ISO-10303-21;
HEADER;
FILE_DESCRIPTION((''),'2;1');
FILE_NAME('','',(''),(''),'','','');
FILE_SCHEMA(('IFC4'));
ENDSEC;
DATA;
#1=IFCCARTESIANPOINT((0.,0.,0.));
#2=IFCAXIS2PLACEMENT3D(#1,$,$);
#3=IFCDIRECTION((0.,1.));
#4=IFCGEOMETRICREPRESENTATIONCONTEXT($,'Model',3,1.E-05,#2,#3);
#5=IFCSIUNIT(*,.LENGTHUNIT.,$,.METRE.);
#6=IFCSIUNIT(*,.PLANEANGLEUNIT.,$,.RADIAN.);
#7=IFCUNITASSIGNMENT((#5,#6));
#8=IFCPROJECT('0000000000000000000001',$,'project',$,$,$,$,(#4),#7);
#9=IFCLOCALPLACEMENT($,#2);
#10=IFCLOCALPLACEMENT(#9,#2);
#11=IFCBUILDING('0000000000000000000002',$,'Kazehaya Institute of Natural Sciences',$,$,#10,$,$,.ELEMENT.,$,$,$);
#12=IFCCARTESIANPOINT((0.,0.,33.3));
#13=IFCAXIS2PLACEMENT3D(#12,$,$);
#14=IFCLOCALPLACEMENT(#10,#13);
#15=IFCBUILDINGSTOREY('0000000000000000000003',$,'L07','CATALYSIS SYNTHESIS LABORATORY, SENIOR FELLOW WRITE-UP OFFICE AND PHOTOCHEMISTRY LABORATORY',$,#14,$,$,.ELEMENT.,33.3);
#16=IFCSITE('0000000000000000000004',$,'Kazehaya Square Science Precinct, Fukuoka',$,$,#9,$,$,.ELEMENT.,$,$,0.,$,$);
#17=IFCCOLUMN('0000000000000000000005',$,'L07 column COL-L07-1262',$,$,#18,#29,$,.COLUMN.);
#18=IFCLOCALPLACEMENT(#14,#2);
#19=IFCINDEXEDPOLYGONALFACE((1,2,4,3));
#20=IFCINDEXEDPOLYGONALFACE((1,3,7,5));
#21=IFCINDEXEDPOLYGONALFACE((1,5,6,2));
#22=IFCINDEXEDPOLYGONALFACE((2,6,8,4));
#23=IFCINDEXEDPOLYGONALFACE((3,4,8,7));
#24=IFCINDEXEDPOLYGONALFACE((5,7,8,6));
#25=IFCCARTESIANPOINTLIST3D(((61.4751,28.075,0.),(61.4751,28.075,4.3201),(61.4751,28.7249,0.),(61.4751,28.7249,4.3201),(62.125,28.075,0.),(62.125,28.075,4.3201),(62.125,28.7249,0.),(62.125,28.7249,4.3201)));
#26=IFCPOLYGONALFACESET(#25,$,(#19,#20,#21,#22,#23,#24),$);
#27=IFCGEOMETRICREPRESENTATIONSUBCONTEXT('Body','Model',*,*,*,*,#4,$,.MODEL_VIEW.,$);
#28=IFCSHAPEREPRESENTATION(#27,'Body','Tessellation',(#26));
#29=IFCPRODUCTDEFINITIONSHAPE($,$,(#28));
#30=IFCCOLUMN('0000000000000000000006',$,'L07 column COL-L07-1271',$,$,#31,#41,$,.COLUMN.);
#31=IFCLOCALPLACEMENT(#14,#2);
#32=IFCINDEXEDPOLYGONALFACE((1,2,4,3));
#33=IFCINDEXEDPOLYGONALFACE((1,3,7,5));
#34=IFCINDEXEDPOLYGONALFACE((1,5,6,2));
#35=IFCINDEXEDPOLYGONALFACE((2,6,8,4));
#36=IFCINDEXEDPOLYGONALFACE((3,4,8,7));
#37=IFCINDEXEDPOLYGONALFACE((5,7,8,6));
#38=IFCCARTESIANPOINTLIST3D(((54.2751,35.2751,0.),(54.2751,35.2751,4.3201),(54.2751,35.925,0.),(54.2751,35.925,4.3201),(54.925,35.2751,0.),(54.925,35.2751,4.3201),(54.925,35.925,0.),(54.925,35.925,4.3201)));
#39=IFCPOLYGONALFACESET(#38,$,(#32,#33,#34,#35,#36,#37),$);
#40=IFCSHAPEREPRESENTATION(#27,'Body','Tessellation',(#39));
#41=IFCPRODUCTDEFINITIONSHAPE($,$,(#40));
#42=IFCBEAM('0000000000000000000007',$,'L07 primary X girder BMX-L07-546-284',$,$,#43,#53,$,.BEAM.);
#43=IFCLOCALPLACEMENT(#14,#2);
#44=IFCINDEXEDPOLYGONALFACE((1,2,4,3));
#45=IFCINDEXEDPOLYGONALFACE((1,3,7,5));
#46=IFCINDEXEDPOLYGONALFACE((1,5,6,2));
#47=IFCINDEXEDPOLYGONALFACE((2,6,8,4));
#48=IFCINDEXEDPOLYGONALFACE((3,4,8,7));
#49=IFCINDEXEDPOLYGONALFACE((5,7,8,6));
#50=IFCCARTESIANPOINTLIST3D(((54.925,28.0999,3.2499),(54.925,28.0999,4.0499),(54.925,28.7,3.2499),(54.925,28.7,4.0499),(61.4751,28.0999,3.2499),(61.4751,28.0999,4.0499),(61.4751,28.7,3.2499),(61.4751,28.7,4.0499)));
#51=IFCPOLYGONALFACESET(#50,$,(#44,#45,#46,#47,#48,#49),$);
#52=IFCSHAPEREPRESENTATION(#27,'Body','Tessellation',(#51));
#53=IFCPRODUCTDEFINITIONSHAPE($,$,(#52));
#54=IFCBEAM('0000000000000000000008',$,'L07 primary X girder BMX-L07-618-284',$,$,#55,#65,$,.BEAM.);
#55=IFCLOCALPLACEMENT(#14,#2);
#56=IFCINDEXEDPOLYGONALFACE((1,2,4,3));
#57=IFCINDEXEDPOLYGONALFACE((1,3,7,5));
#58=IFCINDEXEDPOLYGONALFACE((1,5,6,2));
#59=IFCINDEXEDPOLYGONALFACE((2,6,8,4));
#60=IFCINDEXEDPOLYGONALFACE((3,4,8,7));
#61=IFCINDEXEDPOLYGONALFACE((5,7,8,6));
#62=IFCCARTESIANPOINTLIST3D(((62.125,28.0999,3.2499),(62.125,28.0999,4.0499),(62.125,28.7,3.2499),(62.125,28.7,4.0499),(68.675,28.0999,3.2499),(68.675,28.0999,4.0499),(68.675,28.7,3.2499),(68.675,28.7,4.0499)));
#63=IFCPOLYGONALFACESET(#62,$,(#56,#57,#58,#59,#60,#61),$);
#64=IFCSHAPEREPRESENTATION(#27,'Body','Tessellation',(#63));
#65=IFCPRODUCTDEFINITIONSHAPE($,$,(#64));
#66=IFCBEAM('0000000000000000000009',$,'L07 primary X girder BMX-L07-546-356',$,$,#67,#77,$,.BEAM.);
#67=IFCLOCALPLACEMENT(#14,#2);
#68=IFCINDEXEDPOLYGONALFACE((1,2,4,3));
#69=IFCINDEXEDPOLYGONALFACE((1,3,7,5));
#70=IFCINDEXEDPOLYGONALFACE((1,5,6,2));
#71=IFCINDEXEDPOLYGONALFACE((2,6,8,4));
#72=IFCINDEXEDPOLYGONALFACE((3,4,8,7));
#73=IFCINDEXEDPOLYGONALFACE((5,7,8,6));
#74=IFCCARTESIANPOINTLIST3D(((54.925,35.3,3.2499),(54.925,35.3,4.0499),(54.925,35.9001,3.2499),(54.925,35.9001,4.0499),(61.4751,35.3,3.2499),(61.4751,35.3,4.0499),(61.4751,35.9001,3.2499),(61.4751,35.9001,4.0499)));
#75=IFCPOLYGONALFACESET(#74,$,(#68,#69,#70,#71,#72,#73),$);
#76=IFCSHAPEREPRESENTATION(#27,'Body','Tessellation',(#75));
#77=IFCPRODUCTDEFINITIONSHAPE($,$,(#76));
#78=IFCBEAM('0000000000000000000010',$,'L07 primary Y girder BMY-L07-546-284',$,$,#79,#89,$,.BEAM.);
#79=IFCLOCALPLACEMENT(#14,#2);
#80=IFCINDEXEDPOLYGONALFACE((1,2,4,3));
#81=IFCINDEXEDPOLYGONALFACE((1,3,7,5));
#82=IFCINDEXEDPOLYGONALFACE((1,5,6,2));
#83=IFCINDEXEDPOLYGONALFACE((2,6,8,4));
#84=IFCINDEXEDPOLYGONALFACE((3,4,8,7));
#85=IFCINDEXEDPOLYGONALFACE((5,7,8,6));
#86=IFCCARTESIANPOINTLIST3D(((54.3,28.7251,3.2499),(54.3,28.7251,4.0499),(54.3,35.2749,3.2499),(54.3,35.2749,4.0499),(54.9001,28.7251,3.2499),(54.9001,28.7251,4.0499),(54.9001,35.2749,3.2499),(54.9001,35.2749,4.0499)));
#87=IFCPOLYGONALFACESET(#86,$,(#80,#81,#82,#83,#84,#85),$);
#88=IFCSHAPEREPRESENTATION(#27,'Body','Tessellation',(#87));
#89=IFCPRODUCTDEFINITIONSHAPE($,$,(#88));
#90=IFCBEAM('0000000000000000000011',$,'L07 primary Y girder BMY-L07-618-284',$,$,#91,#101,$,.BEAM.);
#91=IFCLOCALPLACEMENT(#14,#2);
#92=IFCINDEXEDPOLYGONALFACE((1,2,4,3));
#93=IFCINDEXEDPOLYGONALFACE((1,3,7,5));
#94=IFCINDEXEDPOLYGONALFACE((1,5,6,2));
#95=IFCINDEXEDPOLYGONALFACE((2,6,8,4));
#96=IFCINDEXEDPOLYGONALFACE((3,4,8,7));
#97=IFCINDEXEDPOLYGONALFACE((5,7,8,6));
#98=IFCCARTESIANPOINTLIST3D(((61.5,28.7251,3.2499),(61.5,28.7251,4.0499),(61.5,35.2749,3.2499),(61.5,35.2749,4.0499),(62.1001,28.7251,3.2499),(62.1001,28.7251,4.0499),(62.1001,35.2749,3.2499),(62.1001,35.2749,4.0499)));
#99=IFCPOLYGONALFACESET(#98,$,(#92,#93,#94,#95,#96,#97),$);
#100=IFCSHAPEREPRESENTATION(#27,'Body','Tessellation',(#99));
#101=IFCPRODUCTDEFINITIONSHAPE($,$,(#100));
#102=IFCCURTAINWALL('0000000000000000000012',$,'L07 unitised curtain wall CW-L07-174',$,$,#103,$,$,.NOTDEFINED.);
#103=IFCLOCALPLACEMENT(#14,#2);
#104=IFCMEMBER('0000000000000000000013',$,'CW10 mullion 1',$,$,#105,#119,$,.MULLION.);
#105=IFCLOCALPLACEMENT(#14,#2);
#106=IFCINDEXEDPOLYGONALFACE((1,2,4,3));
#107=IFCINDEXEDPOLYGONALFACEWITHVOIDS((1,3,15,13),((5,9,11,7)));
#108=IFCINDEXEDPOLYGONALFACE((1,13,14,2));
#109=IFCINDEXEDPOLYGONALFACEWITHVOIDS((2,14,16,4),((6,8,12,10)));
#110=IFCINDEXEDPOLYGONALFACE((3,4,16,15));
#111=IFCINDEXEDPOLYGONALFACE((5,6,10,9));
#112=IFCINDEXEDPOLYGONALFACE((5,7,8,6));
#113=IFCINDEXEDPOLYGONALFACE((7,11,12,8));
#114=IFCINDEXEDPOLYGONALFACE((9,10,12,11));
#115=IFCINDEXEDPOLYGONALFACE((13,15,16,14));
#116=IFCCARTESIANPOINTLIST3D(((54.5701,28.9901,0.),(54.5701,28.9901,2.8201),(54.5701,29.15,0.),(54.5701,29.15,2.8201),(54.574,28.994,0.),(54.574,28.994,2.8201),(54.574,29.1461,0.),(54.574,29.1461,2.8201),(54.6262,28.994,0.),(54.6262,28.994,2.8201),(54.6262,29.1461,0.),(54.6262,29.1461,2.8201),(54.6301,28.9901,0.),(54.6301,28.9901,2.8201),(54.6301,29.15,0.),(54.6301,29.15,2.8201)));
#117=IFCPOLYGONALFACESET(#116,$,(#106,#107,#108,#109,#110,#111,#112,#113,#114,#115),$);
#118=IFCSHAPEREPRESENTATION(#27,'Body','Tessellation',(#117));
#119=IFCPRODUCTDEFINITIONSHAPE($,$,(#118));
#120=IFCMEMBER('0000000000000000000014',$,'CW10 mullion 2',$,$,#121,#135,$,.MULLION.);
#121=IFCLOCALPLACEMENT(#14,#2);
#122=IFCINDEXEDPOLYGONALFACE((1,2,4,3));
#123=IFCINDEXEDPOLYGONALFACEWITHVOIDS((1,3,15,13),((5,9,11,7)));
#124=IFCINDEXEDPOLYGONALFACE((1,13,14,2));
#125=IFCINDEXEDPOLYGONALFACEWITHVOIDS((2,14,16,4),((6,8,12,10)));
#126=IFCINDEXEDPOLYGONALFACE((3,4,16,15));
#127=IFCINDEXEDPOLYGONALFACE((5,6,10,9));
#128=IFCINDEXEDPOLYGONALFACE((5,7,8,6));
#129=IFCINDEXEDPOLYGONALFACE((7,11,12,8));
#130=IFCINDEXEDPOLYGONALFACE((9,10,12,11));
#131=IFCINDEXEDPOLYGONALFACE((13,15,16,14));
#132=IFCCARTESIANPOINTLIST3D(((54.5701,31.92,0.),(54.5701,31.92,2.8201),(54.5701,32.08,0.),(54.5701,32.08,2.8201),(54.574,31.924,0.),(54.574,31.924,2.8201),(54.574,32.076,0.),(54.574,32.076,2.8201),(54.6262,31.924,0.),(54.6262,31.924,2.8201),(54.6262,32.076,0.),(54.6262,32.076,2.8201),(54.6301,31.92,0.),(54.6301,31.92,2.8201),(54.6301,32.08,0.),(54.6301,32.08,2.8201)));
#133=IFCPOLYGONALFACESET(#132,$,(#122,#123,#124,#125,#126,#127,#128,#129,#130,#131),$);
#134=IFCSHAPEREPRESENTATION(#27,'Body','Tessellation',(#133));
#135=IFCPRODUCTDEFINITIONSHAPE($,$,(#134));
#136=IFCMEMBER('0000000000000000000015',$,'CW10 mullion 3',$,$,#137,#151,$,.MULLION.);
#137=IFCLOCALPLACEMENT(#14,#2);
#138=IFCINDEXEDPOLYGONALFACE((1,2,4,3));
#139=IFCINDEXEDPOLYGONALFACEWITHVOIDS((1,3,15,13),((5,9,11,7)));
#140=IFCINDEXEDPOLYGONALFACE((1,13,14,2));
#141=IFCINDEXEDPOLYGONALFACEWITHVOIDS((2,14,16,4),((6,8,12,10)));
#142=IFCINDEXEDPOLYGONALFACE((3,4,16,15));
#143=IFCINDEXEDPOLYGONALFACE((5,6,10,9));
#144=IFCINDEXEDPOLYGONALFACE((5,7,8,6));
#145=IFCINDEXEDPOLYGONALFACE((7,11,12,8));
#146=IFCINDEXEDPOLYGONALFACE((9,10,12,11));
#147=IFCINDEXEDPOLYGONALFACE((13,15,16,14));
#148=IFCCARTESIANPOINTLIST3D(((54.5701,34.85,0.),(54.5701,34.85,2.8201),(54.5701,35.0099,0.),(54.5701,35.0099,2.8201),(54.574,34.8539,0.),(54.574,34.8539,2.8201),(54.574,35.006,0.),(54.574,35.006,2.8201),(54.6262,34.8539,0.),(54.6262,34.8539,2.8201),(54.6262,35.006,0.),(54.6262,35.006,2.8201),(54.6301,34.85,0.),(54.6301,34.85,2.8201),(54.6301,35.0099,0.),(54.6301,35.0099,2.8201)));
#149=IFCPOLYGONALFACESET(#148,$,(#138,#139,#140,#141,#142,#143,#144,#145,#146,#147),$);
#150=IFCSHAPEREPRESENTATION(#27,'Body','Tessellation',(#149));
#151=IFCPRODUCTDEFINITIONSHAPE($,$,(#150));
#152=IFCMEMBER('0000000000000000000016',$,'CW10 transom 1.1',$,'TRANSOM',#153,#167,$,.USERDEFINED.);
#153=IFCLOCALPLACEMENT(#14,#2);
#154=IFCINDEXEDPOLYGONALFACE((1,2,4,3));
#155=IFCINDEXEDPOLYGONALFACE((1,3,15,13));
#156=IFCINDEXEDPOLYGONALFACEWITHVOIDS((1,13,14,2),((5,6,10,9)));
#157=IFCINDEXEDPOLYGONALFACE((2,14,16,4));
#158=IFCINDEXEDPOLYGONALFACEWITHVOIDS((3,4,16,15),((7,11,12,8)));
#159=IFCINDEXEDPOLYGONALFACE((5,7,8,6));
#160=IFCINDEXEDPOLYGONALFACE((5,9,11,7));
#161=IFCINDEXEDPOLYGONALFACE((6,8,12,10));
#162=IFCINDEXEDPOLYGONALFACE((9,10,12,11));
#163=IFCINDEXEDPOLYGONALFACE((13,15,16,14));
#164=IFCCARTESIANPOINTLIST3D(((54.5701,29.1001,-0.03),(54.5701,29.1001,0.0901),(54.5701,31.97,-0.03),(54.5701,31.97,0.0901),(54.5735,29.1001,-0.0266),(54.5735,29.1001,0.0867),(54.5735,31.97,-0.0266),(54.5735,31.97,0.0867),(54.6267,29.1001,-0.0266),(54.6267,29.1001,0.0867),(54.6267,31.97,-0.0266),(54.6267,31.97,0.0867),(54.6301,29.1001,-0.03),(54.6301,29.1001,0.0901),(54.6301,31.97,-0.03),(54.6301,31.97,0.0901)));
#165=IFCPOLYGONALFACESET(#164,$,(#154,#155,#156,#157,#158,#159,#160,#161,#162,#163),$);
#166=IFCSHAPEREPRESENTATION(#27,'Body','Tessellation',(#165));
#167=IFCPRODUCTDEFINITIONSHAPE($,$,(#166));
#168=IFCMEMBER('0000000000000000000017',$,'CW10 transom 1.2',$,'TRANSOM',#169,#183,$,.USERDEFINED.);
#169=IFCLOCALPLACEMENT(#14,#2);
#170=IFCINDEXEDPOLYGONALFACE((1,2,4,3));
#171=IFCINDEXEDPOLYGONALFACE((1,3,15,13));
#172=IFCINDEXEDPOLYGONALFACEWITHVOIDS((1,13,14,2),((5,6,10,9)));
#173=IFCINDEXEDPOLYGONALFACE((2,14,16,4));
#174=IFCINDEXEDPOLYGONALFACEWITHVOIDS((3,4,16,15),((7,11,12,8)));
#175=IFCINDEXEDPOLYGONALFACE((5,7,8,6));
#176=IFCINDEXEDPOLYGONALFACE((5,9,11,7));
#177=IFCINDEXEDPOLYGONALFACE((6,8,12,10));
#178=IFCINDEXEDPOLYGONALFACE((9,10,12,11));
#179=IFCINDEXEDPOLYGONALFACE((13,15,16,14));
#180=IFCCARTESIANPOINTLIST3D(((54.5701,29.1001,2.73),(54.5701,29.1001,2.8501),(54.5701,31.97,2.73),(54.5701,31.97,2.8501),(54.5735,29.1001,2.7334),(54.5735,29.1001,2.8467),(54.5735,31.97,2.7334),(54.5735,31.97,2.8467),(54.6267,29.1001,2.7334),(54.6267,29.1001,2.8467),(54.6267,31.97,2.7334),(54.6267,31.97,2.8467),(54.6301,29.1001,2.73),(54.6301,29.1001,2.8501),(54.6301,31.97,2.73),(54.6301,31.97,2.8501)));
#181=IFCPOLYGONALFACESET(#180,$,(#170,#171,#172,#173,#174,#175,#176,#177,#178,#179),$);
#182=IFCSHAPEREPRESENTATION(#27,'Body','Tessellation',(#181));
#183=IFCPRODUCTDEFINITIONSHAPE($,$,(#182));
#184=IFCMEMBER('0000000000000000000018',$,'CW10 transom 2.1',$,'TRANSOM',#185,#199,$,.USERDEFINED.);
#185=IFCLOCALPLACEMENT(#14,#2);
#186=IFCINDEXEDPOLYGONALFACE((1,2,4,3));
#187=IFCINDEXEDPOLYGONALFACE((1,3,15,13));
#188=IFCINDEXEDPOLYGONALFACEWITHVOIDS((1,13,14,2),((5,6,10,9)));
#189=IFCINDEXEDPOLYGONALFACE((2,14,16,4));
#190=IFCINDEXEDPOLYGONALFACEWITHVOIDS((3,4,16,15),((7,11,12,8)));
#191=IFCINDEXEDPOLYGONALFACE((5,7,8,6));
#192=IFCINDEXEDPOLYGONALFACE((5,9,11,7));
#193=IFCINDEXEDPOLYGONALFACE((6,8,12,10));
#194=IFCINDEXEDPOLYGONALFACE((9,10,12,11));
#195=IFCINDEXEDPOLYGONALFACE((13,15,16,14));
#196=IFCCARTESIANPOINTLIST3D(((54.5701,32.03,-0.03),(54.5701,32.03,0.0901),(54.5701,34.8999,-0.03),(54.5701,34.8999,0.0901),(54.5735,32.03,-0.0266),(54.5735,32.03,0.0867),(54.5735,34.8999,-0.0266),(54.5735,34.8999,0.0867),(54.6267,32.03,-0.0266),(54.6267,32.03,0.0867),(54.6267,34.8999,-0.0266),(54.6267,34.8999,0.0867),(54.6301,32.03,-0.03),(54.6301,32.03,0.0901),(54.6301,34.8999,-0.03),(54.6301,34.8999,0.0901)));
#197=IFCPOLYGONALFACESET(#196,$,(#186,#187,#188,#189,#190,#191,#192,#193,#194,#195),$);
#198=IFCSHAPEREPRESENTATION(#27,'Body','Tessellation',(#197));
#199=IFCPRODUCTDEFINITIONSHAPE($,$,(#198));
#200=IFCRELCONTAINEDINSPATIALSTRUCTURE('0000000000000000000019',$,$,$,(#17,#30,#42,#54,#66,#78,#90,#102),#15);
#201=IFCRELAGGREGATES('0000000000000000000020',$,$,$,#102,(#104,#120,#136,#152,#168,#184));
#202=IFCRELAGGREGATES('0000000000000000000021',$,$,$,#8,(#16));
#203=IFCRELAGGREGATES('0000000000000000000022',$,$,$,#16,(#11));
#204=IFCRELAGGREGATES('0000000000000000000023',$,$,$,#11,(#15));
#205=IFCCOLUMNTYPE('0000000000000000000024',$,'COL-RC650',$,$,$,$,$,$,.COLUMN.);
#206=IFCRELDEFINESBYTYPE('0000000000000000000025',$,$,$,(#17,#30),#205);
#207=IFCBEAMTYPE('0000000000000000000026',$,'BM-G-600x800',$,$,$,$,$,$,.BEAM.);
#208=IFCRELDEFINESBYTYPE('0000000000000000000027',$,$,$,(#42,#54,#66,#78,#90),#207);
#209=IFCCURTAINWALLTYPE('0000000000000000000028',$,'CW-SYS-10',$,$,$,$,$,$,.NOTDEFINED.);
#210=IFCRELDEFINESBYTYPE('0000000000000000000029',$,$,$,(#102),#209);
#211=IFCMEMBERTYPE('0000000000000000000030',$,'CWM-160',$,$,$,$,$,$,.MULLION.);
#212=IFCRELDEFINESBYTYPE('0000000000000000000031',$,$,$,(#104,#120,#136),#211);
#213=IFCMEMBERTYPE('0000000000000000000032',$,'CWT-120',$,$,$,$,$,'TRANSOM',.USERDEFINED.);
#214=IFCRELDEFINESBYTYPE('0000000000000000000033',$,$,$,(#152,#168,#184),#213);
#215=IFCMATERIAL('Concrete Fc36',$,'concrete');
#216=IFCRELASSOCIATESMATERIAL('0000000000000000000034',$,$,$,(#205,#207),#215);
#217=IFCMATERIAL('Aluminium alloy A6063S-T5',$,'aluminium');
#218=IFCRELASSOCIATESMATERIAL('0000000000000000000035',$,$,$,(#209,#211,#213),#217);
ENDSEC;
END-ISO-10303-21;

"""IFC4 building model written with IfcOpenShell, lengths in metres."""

from ifc_helpers import new_model, si_unit, direction, frame, origin, origin_2d, place, context, subcontext, project, spatial, rectangle, hollow_rectangle, extrude, material, material_profile, profile_set, type_object, element, aggregate, save


model = new_model("IFC4")

# Units and contexts
model_context = context("Model", 3, precision=1e-05, world=origin(), true_north=direction((0.0, 1.0)))
body_context = subcontext(model_context, "Body", "Model", "MODEL_VIEW")
ifc_project = project(units=[si_unit("LENGTHUNIT", "METRE"), si_unit("PLANEANGLEUNIT", "RADIAN")], contexts=[model_context])

# Site, building, storey
site_placement = place(None, origin())
site = spatial("IfcSite", under=ifc_project, at=site_placement, Name="Kazehaya Square Science Precinct, Fukuoka", CompositionType="ELEMENT", RefElevation=0.0)
building_placement = place(site_placement, origin())
building = spatial("IfcBuilding", under=site, at=building_placement, Name="Kazehaya Institute of Natural Sciences", CompositionType="ELEMENT")
storey_placement = place(building_placement, frame((0.0, 0.0, 33.3)))
storey = spatial("IfcBuildingStorey", under=building, at=storey_placement, Name="L07", Description="CATALYSIS SYNTHESIS LABORATORY, SENIOR FELLOW WRITE-UP OFFICE AND PHOTOCHEMISTRY LABORATORY", CompositionType="ELEMENT", Elevation=33.3)

# Columns
ifc_material_1 = material(Name="Concrete Fc36", Category="concrete")
ifc_material_profile_1 = material_profile(ifc_material_1, rectangle(XDim=0.6499, YDim=0.6499, at=origin_2d()), Name="RC-650x650")
ifc_profile_set_1 = profile_set([ifc_material_profile_1], Name="Concrete Fc36")
column_type = type_object("IfcColumnType", Name="COL-RC650", PredefinedType="COLUMN", material=ifc_profile_set_1)
for number, where, z_axis, x_axis, name in (
    (1, (61.8, 28.3999, 0.0), (0.0, 0.0, 1.0), (1.0, 0.0, 0.0), "L07 column COL-L07-1262"),
    (2, (54.6001, 35.6001, 0.0), (0.0, 0.0, 1.0), (1.0, 0.0, 0.0), "L07 column COL-L07-1271"),
):
    element("IfcColumn", number, at=place(storey_placement, frame(where, z_axis=z_axis, x_axis=x_axis)), inside=storey, type_object=column_type, Name=name, PredefinedType="COLUMN", context=body_context, shape_type="SweptSolid", body=[
        extrude(rectangle(XDim=0.6499, YDim=0.6499, at=origin_2d()), origin(), (0.0, 0.0, 1.0), 4.3201),
    ])

# Beams
ifc_material_profile_2 = material_profile(ifc_material_1, rectangle(XDim=0.6001, YDim=0.8, at=origin_2d()), Name="RC-600x800")
ifc_profile_set_2 = profile_set([ifc_material_profile_2], Name="Concrete Fc36")
beam_type = type_object("IfcBeamType", Name="BM-G-600x800", PredefinedType="BEAM", material=ifc_profile_set_2)
for number, where, z_axis, x_axis, name in (
    (3, (54.925, 28.3999, 3.6499), (1.0, 0.0, 0.0), (0.0, 1.0, 0.0), "L07 primary X girder BMX-L07-546-284"),
    (4, (62.125, 28.3999, 3.6499), (1.0, 0.0, 0.0), (0.0, 1.0, 0.0), "L07 primary X girder BMX-L07-618-284"),
    (5, (54.925, 35.6001, 3.6499), (1.0, 0.0, 0.0), (0.0, 1.0, 0.0), "L07 primary X girder BMX-L07-546-356"),
):
    element("IfcBeam", number, at=place(storey_placement, frame(where, z_axis=z_axis, x_axis=x_axis)), inside=storey, type_object=beam_type, Name=name, PredefinedType="BEAM", context=body_context, shape_type="SweptSolid", body=[
        extrude(rectangle(XDim=0.6001, YDim=0.8, at=origin_2d()), origin(), (0.0, 0.0, 1.0), 6.55),
    ])
for number, where, z_axis, x_axis, name in (
    (6, (54.6001, 28.7251, 3.6499), (0.0, 1.0, 0.0), (-1.0, 0.0, 0.0), "L07 primary Y girder BMY-L07-546-284"),
    (7, (61.8, 28.7251, 3.6499), (0.0, 1.0, 0.0), (-1.0, 0.0, 0.0), "L07 primary Y girder BMY-L07-618-284"),
):
    element("IfcBeam", number, at=place(storey_placement, frame(where, z_axis=z_axis, x_axis=x_axis)), inside=storey, type_object=beam_type, Name=name, PredefinedType="BEAM", context=body_context, shape_type="SweptSolid", body=[
        extrude(rectangle(XDim=0.6001, YDim=0.8, at=origin_2d()), origin(), (0.0, 0.0, 1.0), 6.5498),
    ])

# Curtain wall, members
ifc_material_2 = material(Name="Aluminium alloy A6063S-T5", Category="aluminium")
curtain_wall_type = type_object("IfcCurtainWallType", Name="CW-SYS-10", PredefinedType="NOTDEFINED", material=ifc_material_2)
curtain_wall_placement = place(storey_placement, origin())
curtain_wall = element("IfcCurtainWall", 8, at=curtain_wall_placement, inside=storey, type_object=curtain_wall_type, Name="L07 unitised curtain wall CW-L07-174", PredefinedType="NOTDEFINED")
ifc_material_profile_3 = material_profile(ifc_material_2, hollow_rectangle(XDim=0.0601, YDim=0.1599, WallThickness=0.0039, at=origin_2d()), Name="ALU-60x160x4")
ifc_profile_set_3 = profile_set([ifc_material_profile_3], Name="Aluminium alloy A6063S-T5")
member_type_1 = type_object("IfcMemberType", Name="CWM-160", PredefinedType="MULLION", material=ifc_profile_set_3)
member_1_placement = place(storey_placement, frame((54.6001, 29.0701, 0.0), z_axis=(0.0, 0.0, 1.0), x_axis=(-1.0, 0.0, 0.0)))
member_1 = element("IfcMember", 9, at=member_1_placement, type_object=member_type_1, Name="CW10 mullion 1", PredefinedType="MULLION", context=body_context, shape_type="SweptSolid", body=[
    extrude(hollow_rectangle(XDim=0.0601, YDim=0.1599, WallThickness=0.0039, at=origin_2d()), origin(), (0.0, 0.0, 1.0), 2.8201),
])
member_2_placement = place(storey_placement, frame((54.6001, 32.0, 0.0), z_axis=(0.0, 0.0, 1.0), x_axis=(-1.0, 0.0, 0.0)))
member_2 = element("IfcMember", 10, at=member_2_placement, type_object=member_type_1, Name="CW10 mullion 2", PredefinedType="MULLION", context=body_context, shape_type="SweptSolid", body=[
    extrude(hollow_rectangle(XDim=0.0601, YDim=0.1599, WallThickness=0.0039, at=origin_2d()), origin(), (0.0, 0.0, 1.0), 2.8201),
])
member_3_placement = place(storey_placement, frame((54.6001, 34.9299, 0.0), z_axis=(0.0, 0.0, 1.0), x_axis=(-1.0, 0.0, 0.0)))
member_3 = element("IfcMember", 11, at=member_3_placement, type_object=member_type_1, Name="CW10 mullion 3", PredefinedType="MULLION", context=body_context, shape_type="SweptSolid", body=[
    extrude(hollow_rectangle(XDim=0.0601, YDim=0.1599, WallThickness=0.0039, at=origin_2d()), origin(), (0.0, 0.0, 1.0), 2.8201),
])
ifc_material_profile_4 = material_profile(ifc_material_2, hollow_rectangle(XDim=0.0601, YDim=0.1201, WallThickness=0.0034, at=origin_2d()), Name="ALU-60x120x3.5")
ifc_profile_set_4 = profile_set([ifc_material_profile_4], Name="Aluminium alloy A6063S-T5")
member_type_2 = type_object("IfcMemberType", Name="CWT-120", ElementType="TRANSOM", PredefinedType="USERDEFINED", material=ifc_profile_set_4)
member_4_placement = place(storey_placement, frame((54.6001, 29.1001, 0.03), z_axis=(0.0, 1.0, 0.0), x_axis=(-1.0, 0.0, 0.0)))
member_4 = element("IfcMember", 12, at=member_4_placement, type_object=member_type_2, Name="CW10 transom 1.1", ObjectType="TRANSOM", PredefinedType="USERDEFINED", context=body_context, shape_type="SweptSolid", body=[
    extrude(hollow_rectangle(XDim=0.0601, YDim=0.1201, WallThickness=0.0034, at=origin_2d()), origin(), (0.0, 0.0, 1.0), 2.8699),
])
member_5_placement = place(storey_placement, frame((54.6001, 29.1001, 2.79), z_axis=(0.0, 1.0, 0.0), x_axis=(-1.0, 0.0, 0.0)))
member_5 = element("IfcMember", 13, at=member_5_placement, type_object=member_type_2, Name="CW10 transom 1.2", ObjectType="TRANSOM", PredefinedType="USERDEFINED", context=body_context, shape_type="SweptSolid", body=[
    extrude(hollow_rectangle(XDim=0.0601, YDim=0.1201, WallThickness=0.0034, at=origin_2d()), origin(), (0.0, 0.0, 1.0), 2.8699),
])
member_6_placement = place(storey_placement, frame((54.6001, 32.03, 0.03), z_axis=(0.0, 1.0, 0.0), x_axis=(-1.0, 0.0, 0.0)))
member_6 = element("IfcMember", 14, at=member_6_placement, type_object=member_type_2, Name="CW10 transom 2.1", ObjectType="TRANSOM", PredefinedType="USERDEFINED", context=body_context, shape_type="SweptSolid", body=[
    extrude(hollow_rectangle(XDim=0.0601, YDim=0.1201, WallThickness=0.0034, at=origin_2d()), origin(), (0.0, 0.0, 1.0), 2.8699),
])
aggregate(curtain_wall, [member_1, member_2, member_3, member_4, member_5, member_6])

save(model, "model.ifc")
